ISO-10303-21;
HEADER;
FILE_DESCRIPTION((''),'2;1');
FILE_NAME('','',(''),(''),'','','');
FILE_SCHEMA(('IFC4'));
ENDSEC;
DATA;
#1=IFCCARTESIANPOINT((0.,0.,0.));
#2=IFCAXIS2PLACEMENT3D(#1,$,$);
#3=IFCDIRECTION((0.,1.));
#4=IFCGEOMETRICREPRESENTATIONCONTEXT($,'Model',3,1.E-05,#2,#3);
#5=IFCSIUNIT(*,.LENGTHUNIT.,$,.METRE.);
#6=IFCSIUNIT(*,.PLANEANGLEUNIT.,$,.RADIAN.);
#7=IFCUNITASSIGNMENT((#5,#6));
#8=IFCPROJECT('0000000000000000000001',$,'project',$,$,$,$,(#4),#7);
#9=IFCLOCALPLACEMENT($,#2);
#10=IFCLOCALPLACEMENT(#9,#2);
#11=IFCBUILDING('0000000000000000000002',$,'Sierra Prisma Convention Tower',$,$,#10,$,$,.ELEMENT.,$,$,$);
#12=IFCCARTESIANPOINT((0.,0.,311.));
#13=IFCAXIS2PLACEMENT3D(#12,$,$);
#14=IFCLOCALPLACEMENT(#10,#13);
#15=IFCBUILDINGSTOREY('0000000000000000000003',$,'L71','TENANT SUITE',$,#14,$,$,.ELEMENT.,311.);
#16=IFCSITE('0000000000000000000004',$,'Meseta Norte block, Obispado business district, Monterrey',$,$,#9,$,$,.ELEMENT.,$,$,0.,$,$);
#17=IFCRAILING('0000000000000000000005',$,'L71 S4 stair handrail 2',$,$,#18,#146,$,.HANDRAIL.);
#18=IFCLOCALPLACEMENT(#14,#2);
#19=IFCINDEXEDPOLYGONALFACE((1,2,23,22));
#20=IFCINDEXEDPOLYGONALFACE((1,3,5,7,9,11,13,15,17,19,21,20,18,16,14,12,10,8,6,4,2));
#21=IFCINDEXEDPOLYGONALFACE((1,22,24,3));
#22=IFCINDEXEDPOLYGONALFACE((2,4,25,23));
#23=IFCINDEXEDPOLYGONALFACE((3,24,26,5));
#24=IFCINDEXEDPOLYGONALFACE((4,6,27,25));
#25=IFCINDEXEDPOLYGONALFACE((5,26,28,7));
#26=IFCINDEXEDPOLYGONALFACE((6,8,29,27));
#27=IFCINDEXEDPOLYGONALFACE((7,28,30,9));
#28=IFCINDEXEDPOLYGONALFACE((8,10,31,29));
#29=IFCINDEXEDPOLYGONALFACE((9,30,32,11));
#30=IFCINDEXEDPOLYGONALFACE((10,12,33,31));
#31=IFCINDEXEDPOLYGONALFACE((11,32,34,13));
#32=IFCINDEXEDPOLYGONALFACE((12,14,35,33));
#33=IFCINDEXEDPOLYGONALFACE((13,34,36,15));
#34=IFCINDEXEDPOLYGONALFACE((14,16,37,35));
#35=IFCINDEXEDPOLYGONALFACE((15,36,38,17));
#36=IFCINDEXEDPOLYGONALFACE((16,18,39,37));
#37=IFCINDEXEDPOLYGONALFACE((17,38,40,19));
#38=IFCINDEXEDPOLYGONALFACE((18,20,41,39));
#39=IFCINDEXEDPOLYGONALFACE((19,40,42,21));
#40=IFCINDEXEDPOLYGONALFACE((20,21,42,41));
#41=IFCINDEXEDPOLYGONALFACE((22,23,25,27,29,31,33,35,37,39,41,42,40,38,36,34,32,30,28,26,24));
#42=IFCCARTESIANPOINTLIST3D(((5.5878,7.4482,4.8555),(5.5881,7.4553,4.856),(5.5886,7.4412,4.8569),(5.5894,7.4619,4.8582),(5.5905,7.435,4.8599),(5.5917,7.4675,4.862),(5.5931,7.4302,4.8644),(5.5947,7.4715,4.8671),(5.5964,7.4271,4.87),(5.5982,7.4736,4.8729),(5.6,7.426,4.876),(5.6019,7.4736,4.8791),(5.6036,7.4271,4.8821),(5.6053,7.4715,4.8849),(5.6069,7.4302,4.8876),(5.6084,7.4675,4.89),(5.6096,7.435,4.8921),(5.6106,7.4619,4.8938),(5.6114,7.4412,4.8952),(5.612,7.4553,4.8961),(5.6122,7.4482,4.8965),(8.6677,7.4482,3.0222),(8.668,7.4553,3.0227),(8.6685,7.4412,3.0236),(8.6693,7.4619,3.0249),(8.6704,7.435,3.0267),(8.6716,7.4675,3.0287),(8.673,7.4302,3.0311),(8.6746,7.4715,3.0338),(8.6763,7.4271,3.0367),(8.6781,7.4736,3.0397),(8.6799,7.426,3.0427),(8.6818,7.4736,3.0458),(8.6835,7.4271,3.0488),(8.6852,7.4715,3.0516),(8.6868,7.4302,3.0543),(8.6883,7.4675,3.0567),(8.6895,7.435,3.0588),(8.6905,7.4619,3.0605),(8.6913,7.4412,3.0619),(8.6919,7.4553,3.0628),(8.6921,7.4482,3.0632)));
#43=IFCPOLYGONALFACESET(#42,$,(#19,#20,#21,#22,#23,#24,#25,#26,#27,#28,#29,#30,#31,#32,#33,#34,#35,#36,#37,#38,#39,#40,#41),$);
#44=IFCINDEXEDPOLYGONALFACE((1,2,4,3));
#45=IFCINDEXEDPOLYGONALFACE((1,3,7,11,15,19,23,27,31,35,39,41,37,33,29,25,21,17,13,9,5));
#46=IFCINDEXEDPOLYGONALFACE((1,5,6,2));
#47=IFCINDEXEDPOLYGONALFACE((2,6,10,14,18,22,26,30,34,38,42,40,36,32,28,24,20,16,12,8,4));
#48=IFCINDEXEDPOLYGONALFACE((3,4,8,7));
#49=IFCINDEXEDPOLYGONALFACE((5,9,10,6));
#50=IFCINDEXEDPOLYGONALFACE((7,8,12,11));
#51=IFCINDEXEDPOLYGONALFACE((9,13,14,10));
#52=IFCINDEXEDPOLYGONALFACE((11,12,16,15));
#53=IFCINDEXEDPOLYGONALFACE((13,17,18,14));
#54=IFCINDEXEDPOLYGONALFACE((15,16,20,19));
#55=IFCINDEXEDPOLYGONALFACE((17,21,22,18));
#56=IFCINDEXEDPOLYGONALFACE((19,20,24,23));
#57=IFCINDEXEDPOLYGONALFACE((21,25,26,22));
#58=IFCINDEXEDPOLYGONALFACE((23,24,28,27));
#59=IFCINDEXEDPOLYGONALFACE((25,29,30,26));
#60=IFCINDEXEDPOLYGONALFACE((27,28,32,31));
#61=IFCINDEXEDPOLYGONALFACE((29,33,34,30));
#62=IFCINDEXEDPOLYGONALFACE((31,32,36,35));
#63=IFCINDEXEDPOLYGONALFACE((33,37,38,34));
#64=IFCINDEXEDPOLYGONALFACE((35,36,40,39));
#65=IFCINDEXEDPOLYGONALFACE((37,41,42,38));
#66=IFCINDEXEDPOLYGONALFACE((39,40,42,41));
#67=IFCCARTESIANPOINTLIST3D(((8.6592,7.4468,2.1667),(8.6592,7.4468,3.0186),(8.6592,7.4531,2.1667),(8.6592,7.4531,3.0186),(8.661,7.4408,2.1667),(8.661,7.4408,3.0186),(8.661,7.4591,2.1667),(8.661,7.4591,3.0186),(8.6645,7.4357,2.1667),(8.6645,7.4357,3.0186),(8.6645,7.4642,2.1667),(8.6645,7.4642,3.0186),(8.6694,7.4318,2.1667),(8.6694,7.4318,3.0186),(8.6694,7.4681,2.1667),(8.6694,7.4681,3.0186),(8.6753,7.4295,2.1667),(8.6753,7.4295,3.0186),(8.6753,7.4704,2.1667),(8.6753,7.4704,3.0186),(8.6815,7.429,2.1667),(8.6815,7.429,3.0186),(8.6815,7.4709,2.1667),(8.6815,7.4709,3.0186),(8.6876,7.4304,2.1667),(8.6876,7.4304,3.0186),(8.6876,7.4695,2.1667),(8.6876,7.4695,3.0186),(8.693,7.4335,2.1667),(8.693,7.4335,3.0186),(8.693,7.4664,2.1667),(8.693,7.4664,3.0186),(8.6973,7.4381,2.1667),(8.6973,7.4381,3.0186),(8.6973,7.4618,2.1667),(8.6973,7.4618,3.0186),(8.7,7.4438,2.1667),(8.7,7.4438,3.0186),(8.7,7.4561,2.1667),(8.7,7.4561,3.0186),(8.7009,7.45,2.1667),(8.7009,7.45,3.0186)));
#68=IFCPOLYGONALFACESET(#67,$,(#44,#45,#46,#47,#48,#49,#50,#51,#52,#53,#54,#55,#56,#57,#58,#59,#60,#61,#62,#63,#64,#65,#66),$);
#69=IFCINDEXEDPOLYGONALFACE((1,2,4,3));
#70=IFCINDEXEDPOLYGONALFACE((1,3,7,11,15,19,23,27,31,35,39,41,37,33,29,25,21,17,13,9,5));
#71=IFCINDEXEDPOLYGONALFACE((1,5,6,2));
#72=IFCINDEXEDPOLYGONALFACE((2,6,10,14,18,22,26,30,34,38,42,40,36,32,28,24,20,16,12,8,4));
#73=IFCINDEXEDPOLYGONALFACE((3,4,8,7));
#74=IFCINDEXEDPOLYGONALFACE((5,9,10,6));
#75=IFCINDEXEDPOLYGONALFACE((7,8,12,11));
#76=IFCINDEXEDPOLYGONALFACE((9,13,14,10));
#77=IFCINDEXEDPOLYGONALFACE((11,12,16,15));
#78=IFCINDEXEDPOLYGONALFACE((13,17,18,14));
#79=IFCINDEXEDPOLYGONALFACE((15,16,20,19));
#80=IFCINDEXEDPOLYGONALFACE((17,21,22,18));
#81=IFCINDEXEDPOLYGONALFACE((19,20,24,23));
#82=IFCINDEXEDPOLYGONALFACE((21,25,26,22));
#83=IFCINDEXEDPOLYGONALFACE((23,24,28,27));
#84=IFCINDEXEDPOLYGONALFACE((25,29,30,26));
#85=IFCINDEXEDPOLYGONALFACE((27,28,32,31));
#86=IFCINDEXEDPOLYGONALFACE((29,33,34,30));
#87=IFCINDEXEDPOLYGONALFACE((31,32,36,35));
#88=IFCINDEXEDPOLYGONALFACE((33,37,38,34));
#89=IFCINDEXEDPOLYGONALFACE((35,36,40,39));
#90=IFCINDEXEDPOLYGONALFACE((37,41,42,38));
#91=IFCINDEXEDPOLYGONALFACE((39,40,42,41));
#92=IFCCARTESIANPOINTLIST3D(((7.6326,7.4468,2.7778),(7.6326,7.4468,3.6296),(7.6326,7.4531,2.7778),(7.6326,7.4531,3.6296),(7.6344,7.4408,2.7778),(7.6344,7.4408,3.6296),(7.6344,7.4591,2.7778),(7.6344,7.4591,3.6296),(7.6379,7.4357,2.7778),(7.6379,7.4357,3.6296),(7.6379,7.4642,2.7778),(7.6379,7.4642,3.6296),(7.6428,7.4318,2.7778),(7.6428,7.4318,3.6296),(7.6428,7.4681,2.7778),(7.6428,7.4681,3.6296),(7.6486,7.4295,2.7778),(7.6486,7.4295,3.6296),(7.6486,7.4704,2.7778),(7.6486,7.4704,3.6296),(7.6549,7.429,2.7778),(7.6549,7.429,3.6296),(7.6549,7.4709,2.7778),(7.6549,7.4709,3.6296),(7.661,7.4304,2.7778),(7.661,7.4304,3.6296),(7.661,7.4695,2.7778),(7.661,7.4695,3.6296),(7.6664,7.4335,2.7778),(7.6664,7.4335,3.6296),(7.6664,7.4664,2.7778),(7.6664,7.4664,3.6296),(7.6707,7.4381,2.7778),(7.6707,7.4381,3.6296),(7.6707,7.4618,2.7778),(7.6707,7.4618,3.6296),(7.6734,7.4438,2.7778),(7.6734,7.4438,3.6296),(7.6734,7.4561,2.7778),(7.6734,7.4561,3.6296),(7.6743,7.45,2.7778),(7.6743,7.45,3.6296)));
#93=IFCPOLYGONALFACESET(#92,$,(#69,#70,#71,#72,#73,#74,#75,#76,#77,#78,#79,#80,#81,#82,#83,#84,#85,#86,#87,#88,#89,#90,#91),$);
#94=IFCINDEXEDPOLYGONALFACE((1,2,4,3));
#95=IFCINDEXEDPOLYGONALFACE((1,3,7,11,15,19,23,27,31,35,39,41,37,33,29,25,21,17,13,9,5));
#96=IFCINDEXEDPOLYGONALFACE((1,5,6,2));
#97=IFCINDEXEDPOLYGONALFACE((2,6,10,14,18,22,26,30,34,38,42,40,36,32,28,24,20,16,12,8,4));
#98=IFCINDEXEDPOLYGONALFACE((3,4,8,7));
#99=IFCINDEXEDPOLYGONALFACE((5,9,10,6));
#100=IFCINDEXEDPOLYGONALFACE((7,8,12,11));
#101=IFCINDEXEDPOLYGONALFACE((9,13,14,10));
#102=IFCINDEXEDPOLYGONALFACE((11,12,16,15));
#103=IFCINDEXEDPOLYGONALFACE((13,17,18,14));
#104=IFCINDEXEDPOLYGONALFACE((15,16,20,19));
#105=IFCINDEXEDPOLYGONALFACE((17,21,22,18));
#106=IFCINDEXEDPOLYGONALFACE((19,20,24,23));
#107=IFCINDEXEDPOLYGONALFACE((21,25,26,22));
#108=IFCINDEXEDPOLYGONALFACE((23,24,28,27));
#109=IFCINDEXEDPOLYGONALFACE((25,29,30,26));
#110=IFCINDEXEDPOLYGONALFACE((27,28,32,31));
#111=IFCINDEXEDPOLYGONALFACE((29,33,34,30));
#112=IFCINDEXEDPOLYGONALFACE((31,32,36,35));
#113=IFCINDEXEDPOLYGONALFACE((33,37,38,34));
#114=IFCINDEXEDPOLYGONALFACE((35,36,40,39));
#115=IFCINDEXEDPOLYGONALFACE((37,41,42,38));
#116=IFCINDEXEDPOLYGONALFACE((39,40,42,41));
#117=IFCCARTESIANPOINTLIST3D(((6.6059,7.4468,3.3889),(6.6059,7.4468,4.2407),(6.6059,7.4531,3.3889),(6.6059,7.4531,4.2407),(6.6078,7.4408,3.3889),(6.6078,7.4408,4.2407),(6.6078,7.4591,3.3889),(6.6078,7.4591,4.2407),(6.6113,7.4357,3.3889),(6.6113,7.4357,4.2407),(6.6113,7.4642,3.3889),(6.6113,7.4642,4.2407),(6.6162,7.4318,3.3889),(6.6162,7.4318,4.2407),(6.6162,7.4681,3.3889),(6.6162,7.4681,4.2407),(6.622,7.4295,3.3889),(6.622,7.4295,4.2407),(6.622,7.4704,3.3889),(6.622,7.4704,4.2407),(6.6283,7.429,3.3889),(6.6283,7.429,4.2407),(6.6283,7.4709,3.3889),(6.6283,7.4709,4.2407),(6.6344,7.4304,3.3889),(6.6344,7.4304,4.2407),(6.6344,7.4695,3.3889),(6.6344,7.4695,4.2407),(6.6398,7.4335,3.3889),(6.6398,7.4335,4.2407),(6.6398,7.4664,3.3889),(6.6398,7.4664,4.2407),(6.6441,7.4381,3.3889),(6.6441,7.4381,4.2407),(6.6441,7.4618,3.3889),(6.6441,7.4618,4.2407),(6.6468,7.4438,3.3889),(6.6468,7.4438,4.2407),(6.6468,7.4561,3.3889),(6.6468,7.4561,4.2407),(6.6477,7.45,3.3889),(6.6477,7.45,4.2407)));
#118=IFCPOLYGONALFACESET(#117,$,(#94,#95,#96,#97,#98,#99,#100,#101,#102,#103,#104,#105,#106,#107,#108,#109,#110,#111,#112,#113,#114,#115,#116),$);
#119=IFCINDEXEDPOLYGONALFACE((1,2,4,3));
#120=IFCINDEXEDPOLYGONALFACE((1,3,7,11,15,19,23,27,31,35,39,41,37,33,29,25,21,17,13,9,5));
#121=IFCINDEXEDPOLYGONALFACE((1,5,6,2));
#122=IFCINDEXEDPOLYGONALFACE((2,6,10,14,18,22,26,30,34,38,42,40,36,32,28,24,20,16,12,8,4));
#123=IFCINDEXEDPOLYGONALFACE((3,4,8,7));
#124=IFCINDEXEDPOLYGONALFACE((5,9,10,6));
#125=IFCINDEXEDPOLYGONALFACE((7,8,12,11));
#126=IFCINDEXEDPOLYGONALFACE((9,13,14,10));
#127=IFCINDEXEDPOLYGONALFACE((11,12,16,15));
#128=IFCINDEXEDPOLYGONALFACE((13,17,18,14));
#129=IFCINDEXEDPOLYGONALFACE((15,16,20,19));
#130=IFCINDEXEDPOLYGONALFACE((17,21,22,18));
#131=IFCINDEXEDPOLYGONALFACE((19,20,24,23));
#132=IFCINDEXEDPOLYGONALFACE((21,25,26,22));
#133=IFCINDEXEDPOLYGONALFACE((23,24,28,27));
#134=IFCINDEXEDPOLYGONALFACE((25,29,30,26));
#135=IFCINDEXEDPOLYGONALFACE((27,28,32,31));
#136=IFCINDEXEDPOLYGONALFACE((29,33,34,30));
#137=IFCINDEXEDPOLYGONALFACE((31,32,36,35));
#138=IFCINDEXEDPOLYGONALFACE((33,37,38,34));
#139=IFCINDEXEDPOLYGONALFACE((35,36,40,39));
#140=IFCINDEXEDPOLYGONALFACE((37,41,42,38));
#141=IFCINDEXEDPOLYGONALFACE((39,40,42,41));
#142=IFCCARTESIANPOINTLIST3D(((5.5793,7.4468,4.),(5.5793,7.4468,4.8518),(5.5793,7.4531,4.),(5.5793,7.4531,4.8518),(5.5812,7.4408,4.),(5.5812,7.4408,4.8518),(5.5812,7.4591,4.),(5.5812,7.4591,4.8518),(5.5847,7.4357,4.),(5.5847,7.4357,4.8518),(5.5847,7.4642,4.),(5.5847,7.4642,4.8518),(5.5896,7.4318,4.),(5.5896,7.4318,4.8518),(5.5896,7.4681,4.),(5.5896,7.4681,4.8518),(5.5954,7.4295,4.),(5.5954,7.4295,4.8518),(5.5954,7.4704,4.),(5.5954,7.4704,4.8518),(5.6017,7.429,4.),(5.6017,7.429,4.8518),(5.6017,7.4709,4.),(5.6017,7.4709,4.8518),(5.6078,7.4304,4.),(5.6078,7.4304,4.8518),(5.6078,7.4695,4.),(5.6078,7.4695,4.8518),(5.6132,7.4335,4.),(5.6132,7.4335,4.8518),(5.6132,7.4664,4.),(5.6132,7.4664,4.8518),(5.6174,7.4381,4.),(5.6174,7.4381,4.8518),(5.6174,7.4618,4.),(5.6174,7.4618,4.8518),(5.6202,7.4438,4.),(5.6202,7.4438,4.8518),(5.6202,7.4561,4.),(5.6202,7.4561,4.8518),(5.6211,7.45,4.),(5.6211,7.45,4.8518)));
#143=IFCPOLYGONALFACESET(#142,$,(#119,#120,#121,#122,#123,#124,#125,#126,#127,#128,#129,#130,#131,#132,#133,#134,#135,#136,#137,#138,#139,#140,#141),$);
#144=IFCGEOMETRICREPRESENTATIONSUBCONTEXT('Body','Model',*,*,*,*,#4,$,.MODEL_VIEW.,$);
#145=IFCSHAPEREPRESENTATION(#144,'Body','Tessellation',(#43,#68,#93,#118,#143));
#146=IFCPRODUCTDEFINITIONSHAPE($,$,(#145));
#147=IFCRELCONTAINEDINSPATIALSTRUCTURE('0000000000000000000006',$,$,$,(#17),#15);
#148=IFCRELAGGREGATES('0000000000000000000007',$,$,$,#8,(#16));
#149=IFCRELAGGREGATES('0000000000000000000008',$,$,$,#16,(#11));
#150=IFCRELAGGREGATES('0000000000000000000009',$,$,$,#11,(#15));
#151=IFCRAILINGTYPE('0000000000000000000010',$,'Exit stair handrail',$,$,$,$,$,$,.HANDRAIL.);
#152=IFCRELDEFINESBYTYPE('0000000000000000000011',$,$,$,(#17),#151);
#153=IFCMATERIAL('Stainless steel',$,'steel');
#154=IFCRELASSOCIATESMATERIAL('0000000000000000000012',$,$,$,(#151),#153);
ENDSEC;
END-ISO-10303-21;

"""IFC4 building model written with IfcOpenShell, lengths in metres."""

from ifc_helpers import new_model, si_unit, direction, frame, origin, origin_2d, place, context, subcontext, project, spatial, circle, extrude, material, type_object, element, save


model = new_model("IFC4")

# Units and contexts
model_context = context("Model", 3, precision=1e-05, world=origin(), true_north=direction((0.0, 1.0)))
body_context = subcontext(model_context, "Body", "Model", "MODEL_VIEW")
ifc_project = project(units=[si_unit("LENGTHUNIT", "METRE"), si_unit("PLANEANGLEUNIT", "RADIAN")], contexts=[model_context])

# Site, building, storey
site_placement = place(None, origin())
site = spatial("IfcSite", under=ifc_project, at=site_placement, Name="Meseta Norte block, Obispado business district, Monterrey", CompositionType="ELEMENT", RefElevation=0.0)
building_placement = place(site_placement, origin())
building = spatial("IfcBuilding", under=site, at=building_placement, Name="Sierra Prisma Convention Tower", CompositionType="ELEMENT")
storey_placement = place(building_placement, frame((0.0, 0.0, 311.0)))
storey = spatial("IfcBuildingStorey", under=building, at=storey_placement, Name="L71", Description="TENANT SUITE", CompositionType="ELEMENT", Elevation=311.0)

# Railing
ifc_material_1 = material(Name="Stainless steel", Category="steel")
railing_type_1 = type_object("IfcRailingType", Name="Exit stair handrail", PredefinedType="HANDRAIL", material=ifc_material_1)
railing_1_placement = place(storey_placement, frame((8.6799, 7.45, 2.1667)))
element("IfcRailing", 1, at=railing_1_placement, inside=storey, type_object=railing_type_1, Name="L71 S4 stair handrail 2", PredefinedType="HANDRAIL", context=body_context, shape_type="SweptSolid", body=[
    extrude(circle(Radius=0.0239, at=origin_2d()), frame((0.0, 0.0, 0.876), z_axis=(-0.859291, 0.0, 0.511487), x_axis=(0.0, -1.0, 0.0)), (0.0, 0.0, 1.0), 3.5842),
    extrude(circle(Radius=0.021, at=origin_2d()), origin(), (0.0, 0.0, 1.0), 0.8518),
    extrude(circle(Radius=0.021, at=origin_2d()), frame((-1.0266, 0.0, 0.6111)), (0.0, 0.0, 1.0), 0.8518),
    extrude(circle(Radius=0.021, at=origin_2d()), frame((-2.0532, 0.0, 1.2222)), (0.0, 0.0, 1.0), 0.8518),
    extrude(circle(Radius=0.021, at=origin_2d()), frame((-3.0798, 0.0, 1.8333)), (0.0, 0.0, 1.0), 0.8518),
])

save(model, "model.ifc")
